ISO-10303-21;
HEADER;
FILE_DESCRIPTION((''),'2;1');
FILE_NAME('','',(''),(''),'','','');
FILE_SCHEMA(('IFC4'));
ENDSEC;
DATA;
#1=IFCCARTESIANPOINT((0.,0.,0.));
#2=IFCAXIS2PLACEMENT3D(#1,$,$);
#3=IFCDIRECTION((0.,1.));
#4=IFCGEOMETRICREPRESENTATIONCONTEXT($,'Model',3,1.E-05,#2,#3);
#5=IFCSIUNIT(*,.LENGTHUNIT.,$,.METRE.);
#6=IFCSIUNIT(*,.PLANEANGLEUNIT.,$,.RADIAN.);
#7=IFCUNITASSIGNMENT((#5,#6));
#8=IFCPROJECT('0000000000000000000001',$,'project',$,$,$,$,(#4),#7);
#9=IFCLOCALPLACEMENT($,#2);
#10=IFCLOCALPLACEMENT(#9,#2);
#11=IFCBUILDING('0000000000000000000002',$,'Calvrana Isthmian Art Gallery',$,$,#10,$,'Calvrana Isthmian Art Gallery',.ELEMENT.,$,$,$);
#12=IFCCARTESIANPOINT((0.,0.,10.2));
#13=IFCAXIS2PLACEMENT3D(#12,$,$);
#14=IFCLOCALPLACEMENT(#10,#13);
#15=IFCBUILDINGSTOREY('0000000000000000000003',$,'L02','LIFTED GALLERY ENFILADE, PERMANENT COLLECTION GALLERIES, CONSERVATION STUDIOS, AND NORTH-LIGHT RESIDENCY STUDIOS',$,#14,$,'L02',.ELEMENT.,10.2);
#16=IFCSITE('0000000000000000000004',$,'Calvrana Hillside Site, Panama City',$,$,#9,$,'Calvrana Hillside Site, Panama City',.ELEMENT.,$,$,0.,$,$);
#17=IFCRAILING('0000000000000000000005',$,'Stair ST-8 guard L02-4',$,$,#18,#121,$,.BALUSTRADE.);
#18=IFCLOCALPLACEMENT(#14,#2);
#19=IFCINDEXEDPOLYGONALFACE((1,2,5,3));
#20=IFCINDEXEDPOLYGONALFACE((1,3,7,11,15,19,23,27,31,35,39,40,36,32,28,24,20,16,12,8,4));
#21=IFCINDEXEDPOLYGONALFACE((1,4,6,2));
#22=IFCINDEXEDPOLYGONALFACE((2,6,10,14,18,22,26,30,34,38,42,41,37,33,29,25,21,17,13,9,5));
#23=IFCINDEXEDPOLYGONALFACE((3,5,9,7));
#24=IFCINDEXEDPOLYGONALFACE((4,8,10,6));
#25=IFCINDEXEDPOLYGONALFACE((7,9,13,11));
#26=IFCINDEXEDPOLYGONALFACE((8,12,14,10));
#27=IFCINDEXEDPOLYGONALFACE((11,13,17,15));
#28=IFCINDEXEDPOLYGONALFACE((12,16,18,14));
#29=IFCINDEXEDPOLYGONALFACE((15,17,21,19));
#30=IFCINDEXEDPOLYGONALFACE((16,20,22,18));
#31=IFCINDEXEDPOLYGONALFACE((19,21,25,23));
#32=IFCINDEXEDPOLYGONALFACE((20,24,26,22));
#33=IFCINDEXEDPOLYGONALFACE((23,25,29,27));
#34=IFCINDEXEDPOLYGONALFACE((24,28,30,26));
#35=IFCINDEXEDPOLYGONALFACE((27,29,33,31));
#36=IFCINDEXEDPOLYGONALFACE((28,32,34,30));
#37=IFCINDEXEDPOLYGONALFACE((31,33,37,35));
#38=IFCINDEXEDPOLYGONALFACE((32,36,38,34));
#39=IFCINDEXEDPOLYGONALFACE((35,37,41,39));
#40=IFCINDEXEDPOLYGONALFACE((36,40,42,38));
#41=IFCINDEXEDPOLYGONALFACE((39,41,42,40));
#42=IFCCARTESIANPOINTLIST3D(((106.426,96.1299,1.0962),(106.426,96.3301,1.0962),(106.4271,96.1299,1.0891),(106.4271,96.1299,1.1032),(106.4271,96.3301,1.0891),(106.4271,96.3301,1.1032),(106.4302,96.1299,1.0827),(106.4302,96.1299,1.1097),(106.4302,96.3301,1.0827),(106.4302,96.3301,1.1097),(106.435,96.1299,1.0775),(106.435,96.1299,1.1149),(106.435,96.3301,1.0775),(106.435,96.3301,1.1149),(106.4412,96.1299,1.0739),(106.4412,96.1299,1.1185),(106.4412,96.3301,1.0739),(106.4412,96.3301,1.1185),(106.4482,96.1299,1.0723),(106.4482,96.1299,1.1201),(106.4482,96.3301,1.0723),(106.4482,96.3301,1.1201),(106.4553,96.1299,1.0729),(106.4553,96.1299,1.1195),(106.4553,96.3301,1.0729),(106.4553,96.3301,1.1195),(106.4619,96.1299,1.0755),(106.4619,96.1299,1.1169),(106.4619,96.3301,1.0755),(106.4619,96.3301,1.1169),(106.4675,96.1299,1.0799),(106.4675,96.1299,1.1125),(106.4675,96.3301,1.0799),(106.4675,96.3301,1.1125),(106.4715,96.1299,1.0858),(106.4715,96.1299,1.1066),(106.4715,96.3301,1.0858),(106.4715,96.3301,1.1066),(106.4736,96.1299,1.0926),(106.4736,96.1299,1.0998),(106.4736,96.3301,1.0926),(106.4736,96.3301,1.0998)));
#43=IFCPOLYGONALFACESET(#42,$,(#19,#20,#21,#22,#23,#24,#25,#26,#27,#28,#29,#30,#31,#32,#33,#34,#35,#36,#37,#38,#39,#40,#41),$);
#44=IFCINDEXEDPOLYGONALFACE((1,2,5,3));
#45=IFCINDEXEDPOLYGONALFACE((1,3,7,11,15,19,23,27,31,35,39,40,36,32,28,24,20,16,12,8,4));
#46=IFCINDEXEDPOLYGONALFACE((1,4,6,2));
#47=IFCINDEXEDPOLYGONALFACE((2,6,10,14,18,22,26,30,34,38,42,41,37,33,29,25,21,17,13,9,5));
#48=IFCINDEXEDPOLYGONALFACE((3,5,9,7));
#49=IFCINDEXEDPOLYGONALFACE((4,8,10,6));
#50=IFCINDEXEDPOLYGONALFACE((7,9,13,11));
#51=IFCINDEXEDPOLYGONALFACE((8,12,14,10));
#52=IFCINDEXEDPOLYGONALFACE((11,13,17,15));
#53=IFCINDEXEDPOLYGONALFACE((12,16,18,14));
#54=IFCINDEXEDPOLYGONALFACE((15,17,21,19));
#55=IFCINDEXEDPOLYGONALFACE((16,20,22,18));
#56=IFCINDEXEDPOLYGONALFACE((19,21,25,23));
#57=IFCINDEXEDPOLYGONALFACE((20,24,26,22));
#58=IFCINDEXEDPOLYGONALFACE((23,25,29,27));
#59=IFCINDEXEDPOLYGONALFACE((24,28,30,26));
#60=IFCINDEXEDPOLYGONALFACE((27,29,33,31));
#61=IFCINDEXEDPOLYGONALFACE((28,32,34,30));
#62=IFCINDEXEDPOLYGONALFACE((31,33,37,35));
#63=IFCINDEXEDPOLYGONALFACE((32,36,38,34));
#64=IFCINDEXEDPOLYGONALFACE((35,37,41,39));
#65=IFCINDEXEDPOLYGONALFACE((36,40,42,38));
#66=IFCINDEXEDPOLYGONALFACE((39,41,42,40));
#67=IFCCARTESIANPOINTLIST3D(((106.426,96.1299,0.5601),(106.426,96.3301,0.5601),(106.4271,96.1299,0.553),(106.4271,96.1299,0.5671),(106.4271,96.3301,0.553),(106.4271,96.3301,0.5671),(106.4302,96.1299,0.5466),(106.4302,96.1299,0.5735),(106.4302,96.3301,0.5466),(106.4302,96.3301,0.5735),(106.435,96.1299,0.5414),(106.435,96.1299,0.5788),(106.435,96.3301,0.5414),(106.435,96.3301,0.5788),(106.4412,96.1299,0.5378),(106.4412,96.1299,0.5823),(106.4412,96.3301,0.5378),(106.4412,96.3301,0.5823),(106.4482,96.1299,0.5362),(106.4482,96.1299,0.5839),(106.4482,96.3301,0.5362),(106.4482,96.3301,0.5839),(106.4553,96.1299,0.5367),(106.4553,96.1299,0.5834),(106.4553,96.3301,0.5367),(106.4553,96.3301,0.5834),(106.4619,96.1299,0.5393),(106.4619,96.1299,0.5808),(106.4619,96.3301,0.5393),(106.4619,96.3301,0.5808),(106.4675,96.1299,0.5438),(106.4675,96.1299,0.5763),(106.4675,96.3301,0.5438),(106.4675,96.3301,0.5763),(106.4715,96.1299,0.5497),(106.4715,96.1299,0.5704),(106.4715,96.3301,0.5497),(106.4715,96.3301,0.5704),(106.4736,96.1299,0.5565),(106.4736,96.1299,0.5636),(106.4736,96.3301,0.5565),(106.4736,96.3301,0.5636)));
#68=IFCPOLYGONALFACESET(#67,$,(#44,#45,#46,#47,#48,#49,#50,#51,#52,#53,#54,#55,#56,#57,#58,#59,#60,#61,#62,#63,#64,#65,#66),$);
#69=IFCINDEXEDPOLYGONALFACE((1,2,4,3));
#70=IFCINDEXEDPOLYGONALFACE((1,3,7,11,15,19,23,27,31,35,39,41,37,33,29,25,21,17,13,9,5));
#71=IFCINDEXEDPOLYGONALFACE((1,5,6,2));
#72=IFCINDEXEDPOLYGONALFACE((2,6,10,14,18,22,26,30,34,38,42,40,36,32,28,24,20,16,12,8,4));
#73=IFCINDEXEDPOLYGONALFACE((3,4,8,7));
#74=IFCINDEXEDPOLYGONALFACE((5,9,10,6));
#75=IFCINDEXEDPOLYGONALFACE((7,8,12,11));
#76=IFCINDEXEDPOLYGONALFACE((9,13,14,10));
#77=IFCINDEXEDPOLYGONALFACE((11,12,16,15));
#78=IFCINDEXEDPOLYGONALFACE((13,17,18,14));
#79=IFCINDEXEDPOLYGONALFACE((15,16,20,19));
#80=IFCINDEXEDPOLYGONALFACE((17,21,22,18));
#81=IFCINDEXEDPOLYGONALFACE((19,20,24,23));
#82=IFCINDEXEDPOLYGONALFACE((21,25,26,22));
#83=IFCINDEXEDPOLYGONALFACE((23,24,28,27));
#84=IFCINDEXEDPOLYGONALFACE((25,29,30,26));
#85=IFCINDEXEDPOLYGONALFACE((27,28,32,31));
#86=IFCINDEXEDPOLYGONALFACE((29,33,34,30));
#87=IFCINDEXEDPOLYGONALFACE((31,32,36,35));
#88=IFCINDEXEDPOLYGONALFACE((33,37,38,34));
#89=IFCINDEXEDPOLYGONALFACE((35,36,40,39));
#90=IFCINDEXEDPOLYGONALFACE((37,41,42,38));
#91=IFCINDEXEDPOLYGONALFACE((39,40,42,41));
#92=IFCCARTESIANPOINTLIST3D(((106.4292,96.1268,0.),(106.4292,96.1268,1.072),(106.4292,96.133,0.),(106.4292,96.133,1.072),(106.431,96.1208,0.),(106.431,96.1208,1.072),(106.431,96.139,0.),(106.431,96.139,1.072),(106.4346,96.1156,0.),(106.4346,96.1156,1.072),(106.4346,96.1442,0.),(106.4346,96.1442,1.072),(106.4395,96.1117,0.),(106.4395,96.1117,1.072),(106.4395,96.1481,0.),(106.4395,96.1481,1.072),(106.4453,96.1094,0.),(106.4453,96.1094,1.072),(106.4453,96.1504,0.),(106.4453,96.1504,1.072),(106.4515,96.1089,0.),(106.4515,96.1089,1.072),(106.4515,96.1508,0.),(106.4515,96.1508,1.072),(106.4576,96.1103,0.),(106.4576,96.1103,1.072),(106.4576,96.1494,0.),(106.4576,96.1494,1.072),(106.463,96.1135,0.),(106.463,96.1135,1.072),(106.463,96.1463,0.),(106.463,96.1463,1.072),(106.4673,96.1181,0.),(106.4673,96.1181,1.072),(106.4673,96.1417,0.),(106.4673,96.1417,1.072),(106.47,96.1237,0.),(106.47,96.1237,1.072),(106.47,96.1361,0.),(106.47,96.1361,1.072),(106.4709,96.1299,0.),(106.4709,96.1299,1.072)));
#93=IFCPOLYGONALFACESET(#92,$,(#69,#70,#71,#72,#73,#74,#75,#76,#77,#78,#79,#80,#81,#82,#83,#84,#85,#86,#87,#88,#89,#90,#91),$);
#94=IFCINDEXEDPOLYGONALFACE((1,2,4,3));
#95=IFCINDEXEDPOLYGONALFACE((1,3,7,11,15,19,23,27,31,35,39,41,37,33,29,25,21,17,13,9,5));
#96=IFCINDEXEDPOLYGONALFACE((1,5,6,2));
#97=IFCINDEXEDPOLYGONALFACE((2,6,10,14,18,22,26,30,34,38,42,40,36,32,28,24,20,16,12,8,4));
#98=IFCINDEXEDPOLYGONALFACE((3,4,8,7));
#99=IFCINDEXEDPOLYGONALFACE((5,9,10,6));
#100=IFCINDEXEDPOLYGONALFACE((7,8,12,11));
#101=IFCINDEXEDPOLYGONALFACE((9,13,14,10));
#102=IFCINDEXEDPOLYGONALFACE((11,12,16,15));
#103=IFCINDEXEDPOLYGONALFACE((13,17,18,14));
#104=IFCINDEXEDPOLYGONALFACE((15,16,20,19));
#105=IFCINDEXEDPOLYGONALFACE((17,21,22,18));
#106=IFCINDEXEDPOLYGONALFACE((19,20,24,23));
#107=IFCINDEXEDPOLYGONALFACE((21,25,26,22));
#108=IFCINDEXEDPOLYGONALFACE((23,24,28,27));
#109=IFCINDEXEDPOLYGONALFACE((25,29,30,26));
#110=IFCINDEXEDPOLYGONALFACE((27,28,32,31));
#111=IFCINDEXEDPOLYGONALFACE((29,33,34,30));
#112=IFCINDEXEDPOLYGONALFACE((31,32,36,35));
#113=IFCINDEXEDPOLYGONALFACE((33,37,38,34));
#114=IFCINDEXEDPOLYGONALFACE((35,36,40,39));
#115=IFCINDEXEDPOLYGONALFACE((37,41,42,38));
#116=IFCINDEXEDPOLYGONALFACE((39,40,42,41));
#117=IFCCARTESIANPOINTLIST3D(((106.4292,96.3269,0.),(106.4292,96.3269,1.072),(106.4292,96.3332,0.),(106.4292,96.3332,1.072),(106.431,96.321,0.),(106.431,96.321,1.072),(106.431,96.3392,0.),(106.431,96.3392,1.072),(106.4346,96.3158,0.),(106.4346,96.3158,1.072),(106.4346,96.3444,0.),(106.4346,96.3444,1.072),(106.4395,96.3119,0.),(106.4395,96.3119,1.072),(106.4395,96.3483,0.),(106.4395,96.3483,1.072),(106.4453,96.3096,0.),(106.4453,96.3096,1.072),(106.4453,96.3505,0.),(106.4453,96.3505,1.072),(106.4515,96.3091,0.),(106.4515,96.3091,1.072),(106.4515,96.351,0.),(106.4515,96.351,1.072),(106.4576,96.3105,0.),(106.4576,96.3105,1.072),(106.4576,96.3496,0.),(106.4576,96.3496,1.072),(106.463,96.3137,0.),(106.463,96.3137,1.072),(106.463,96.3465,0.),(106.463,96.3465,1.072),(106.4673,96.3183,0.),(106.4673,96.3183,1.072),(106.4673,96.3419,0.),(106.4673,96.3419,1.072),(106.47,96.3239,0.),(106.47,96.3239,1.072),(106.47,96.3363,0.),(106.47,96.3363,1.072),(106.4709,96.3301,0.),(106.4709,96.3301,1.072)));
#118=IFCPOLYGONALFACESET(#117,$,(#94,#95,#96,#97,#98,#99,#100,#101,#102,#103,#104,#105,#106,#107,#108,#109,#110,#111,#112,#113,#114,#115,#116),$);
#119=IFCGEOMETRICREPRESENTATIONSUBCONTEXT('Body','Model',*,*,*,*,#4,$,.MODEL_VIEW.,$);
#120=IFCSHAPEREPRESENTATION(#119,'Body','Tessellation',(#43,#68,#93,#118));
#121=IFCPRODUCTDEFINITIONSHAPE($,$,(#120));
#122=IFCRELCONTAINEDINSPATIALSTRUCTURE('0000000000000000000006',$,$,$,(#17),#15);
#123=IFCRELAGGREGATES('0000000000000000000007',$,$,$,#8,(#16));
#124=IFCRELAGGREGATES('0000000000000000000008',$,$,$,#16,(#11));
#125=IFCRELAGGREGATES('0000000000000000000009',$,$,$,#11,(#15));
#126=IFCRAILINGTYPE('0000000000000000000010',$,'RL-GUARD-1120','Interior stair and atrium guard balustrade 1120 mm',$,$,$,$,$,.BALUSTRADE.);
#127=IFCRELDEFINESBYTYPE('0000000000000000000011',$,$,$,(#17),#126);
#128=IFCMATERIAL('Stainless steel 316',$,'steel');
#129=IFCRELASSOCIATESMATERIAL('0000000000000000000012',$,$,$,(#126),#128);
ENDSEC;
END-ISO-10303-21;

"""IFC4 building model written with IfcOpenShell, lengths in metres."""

from ifc_helpers import new_model, si_unit, direction, frame, origin, origin_2d, place, context, subcontext, project, spatial, circle, extrude, material, type_object, element, save


model = new_model("IFC4")

# Units and contexts
model_context = context("Model", 3, precision=1e-05, world=origin(), true_north=direction((0.0, 1.0)))
body_context = subcontext(model_context, "Body", "Model", "MODEL_VIEW")
ifc_project = project(units=[si_unit("LENGTHUNIT", "METRE"), si_unit("PLANEANGLEUNIT", "RADIAN")], contexts=[model_context])

# Site, building, storey
site_placement = place(None, origin())
site = spatial("IfcSite", under=ifc_project, at=site_placement, Name="Calvrana Hillside Site, Panama City", LongName="Calvrana Hillside Site, Panama City", CompositionType="ELEMENT", RefElevation=0.0)
building_placement = place(site_placement, origin())
building = spatial("IfcBuilding", under=site, at=building_placement, Name="Calvrana Isthmian Art Gallery", LongName="Calvrana Isthmian Art Gallery", CompositionType="ELEMENT")
storey_placement = place(building_placement, frame((0.0, 0.0, 10.2)))
storey = spatial("IfcBuildingStorey", under=building, at=storey_placement, Name="L02", Description="LIFTED GALLERY ENFILADE, PERMANENT COLLECTION GALLERIES, CONSERVATION STUDIOS, AND NORTH-LIGHT RESIDENCY STUDIOS", LongName="L02", CompositionType="ELEMENT", Elevation=10.2)

# Railing
ifc_material_1 = material(Name="Stainless steel 316", Category="steel")
railing_type_1 = type_object("IfcRailingType", Name="RL-GUARD-1120", Description="Interior stair and atrium guard balustrade 1120 mm", PredefinedType="BALUSTRADE", material=ifc_material_1)
railing_1_placement = place(storey_placement, frame((106.45, 96.1299, 0.0)))
element("IfcRailing", 1, at=railing_1_placement, inside=storey, type_object=railing_type_1, Name="Stair ST-8 guard L02-4", PredefinedType="BALUSTRADE", context=body_context, shape_type="SweptSolid", body=[
    extrude(circle(Radius=0.0239, at=origin_2d()), frame((0.0, 0.0, 1.0962), z_axis=(0.0, 1.0, 0.0), x_axis=(-1.0, 0.0, 0.0)), (0.0, 0.0, 1.0), 0.2002),
    extrude(circle(Radius=0.0239, at=origin_2d()), frame((0.0, 0.0, 0.5601), z_axis=(0.0, 1.0, 0.0), x_axis=(-1.0, 0.0, 0.0)), (0.0, 0.0, 1.0), 0.2002),
    extrude(circle(Radius=0.021, at=origin_2d()), origin(), (0.0, 0.0, 1.0), 1.072),
    extrude(circle(Radius=0.021, at=origin_2d()), frame((0.0, 0.2002, 0.0)), (0.0, 0.0, 1.0), 1.072),
])

save(model, "model.ifc")
